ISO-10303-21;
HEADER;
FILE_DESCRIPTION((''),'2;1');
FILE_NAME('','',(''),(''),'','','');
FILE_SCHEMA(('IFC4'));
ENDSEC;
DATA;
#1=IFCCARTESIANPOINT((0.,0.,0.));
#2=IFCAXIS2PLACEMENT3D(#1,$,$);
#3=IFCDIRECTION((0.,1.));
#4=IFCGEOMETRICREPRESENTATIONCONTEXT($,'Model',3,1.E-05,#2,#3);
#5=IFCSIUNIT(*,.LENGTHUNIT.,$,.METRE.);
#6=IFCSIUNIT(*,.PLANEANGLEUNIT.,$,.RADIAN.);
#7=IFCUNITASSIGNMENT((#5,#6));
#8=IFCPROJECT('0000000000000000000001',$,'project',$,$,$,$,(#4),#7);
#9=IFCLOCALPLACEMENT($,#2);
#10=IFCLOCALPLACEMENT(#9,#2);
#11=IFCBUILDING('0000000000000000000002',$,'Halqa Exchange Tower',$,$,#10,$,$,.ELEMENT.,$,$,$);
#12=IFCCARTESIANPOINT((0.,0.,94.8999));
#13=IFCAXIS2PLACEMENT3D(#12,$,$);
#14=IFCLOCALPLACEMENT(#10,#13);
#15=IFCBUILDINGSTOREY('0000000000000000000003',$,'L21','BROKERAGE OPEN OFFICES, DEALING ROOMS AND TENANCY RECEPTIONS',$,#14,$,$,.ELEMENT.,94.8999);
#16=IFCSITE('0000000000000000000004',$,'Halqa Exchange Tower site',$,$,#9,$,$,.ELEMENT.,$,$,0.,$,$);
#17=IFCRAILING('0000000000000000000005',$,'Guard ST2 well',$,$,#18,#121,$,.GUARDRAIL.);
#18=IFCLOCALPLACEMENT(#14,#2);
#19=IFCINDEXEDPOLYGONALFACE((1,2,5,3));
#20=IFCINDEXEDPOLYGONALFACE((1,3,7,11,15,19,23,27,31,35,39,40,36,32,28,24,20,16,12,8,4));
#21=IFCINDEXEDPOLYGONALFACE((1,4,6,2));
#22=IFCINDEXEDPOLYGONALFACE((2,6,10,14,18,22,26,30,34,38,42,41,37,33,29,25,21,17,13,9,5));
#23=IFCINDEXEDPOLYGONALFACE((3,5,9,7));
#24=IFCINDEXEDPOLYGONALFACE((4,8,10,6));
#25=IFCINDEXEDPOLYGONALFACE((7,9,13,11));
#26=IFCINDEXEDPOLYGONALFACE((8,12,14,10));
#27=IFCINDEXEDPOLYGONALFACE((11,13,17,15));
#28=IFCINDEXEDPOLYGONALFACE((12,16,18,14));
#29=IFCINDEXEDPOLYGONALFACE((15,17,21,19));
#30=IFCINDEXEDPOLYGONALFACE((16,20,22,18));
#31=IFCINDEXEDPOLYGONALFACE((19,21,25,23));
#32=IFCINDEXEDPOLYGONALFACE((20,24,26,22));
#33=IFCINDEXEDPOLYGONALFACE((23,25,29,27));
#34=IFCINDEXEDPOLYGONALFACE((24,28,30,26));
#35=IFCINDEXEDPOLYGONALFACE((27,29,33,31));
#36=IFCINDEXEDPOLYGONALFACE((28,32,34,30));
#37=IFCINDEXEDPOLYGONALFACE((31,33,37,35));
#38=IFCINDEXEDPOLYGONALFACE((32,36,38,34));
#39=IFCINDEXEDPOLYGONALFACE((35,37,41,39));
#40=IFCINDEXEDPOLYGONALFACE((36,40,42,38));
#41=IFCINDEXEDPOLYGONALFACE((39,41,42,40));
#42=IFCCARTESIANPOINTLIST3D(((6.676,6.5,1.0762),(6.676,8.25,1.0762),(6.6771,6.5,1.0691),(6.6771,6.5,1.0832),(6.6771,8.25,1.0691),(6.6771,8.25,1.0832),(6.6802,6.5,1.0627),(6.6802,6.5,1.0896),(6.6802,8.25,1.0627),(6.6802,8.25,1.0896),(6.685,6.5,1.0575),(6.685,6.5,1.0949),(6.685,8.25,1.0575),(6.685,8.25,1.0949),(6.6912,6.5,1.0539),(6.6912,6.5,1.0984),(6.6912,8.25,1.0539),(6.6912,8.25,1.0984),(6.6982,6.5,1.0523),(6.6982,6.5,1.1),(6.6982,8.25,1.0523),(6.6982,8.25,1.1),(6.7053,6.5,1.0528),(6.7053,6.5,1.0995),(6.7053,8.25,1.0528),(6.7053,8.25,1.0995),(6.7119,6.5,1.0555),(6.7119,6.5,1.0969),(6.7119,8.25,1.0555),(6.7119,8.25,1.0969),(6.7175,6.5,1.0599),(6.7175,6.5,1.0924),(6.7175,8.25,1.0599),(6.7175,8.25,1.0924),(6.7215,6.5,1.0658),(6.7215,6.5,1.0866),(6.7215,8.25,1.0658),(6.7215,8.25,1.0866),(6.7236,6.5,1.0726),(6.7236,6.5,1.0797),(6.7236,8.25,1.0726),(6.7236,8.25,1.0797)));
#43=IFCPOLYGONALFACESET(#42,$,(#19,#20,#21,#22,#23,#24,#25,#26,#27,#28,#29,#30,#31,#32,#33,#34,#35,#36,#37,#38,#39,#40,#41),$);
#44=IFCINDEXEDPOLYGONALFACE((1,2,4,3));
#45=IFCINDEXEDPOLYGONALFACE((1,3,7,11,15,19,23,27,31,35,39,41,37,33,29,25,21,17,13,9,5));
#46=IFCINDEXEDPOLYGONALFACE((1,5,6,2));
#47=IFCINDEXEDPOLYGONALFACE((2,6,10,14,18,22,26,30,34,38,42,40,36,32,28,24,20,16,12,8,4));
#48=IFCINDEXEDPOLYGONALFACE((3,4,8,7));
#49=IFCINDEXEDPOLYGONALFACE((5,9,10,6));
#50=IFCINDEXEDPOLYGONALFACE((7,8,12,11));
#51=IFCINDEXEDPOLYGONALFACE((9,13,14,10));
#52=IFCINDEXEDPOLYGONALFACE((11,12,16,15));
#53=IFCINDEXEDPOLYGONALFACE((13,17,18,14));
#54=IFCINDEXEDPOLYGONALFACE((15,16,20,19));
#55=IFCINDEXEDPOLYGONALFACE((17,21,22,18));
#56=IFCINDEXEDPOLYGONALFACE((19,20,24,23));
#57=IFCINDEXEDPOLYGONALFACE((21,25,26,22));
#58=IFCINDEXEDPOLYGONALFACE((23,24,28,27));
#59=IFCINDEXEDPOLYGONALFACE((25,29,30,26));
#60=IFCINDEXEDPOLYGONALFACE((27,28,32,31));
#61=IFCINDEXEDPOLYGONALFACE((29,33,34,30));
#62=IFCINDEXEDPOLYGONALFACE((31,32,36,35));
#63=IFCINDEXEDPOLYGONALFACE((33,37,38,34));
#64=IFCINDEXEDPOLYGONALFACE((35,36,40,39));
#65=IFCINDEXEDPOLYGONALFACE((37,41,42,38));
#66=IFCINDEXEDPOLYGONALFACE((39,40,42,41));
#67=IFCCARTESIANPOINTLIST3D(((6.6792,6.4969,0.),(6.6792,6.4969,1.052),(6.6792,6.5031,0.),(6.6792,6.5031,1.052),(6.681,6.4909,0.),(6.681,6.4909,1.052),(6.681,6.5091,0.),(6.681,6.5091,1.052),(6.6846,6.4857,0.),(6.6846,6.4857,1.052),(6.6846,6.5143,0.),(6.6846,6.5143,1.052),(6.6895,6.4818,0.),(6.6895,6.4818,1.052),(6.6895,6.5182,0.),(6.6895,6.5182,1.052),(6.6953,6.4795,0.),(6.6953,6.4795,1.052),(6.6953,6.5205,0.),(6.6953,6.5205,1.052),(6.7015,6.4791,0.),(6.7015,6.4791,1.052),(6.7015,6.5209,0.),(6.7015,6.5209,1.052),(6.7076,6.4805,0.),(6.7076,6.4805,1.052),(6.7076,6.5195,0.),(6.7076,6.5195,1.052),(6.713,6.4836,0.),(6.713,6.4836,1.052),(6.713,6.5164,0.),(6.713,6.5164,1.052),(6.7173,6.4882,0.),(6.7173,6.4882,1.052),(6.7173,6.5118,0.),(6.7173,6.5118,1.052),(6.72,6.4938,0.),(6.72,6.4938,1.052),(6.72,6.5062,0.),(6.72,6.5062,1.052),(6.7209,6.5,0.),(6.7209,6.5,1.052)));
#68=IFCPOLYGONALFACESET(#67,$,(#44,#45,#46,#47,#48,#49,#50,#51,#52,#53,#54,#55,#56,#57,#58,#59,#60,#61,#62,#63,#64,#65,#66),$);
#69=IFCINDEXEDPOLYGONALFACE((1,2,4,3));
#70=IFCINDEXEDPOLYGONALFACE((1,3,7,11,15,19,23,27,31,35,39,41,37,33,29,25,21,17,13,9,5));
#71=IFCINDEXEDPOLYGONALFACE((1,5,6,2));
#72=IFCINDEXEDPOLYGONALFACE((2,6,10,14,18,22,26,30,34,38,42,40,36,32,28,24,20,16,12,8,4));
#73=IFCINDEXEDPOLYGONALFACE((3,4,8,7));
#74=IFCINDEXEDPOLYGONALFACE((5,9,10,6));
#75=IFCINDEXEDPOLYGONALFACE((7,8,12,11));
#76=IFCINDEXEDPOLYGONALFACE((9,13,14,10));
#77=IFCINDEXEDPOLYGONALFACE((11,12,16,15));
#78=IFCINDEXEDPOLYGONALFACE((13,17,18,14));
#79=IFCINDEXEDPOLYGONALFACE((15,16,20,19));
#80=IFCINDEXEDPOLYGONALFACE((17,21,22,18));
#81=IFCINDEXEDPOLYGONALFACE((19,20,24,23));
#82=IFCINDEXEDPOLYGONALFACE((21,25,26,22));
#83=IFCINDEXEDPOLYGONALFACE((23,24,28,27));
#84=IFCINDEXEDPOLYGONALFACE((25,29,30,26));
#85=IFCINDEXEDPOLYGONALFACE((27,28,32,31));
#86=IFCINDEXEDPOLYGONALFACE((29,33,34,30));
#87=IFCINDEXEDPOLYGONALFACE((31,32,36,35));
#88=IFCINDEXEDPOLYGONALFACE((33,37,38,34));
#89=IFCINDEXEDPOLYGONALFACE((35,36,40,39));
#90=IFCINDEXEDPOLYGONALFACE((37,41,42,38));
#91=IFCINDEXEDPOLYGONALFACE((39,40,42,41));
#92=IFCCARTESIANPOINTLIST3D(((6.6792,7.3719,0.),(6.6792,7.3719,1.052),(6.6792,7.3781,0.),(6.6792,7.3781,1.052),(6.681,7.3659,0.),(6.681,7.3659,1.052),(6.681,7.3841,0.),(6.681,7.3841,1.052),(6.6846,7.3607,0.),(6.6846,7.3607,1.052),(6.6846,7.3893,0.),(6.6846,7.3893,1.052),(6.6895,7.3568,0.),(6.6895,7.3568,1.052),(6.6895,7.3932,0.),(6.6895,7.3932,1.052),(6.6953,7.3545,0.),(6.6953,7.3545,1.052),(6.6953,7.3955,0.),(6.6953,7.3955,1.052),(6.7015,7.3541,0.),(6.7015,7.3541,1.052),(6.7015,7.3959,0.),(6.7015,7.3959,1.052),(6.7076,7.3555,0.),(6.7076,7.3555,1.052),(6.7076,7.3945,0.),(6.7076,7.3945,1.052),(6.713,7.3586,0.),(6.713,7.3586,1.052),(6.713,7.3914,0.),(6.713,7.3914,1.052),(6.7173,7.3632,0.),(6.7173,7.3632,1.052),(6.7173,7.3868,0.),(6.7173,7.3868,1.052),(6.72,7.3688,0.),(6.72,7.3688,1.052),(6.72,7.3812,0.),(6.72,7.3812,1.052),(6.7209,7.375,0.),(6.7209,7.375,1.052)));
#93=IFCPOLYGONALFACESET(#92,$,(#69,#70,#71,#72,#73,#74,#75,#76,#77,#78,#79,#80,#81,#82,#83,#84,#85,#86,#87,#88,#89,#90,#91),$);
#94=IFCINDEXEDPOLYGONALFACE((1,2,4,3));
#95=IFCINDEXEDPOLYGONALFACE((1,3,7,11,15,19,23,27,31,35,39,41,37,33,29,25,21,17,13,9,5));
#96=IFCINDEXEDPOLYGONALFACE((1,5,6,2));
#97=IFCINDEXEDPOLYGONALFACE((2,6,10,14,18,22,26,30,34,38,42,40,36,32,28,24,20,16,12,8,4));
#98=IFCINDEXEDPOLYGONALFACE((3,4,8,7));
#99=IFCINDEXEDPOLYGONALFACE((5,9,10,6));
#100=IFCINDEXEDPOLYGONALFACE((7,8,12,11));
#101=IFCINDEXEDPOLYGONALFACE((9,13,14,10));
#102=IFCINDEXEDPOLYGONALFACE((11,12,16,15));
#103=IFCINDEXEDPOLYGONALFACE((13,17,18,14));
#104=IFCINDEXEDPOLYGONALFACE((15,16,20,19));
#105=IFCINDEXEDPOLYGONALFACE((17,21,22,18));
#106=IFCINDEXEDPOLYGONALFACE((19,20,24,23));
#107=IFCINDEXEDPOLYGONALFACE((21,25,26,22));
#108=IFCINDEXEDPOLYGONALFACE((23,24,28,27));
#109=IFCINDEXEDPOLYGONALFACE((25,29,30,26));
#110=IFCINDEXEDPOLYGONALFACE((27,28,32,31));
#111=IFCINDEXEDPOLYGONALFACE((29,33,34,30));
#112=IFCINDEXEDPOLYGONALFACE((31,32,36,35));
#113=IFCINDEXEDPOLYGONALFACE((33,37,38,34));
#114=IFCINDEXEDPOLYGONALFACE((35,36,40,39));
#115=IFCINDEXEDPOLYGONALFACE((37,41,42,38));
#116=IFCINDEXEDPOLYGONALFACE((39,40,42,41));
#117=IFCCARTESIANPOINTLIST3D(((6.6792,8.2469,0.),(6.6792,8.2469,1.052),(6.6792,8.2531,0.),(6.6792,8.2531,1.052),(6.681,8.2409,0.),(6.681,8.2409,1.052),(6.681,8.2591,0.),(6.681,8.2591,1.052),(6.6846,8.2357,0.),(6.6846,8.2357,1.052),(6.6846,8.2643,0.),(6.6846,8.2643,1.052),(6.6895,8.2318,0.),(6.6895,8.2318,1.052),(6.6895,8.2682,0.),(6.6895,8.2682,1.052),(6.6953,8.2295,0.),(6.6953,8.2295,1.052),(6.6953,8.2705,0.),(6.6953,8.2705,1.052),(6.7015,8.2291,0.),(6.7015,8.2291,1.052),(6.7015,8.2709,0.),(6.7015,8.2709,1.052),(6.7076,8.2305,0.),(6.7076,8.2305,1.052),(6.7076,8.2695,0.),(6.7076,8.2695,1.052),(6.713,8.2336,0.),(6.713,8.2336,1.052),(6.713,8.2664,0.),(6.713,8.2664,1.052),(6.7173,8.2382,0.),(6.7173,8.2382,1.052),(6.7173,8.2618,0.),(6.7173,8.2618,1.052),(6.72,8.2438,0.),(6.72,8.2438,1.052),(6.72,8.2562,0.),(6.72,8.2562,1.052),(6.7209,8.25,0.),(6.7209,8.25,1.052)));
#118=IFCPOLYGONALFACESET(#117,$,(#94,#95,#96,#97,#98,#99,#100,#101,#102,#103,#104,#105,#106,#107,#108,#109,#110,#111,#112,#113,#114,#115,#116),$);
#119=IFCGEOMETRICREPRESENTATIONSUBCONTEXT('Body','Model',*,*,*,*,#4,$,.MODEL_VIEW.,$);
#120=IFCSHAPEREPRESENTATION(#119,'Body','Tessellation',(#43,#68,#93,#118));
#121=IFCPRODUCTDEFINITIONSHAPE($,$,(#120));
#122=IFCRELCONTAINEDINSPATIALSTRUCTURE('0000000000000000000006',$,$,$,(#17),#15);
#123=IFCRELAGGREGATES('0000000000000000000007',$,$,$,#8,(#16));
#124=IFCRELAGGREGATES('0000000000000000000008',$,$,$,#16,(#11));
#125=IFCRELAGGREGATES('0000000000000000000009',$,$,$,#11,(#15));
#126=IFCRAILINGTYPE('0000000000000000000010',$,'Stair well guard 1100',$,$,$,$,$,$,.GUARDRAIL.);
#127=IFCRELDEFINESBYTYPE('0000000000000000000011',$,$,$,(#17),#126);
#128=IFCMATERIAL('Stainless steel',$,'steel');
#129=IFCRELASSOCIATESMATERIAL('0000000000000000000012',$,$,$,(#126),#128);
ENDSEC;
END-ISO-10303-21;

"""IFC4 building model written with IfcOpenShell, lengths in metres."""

from ifc_helpers import new_model, si_unit, direction, frame, origin, origin_2d, place, context, subcontext, project, spatial, circle, extrude, material, type_object, element, save


model = new_model("IFC4")

# Units and contexts
model_context = context("Model", 3, precision=1e-05, world=origin(), true_north=direction((0.0, 1.0)))
body_context = subcontext(model_context, "Body", "Model", "MODEL_VIEW")
ifc_project = project(units=[si_unit("LENGTHUNIT", "METRE"), si_unit("PLANEANGLEUNIT", "RADIAN")], contexts=[model_context])

# Site, building, storey
site_placement = place(None, origin())
site = spatial("IfcSite", under=ifc_project, at=site_placement, Name="Halqa Exchange Tower site", CompositionType="ELEMENT", RefElevation=0.0)
building_placement = place(site_placement, origin())
building = spatial("IfcBuilding", under=site, at=building_placement, Name="Halqa Exchange Tower", CompositionType="ELEMENT")
storey_placement = place(building_placement, frame((0.0, 0.0, 94.8999)))
storey = spatial("IfcBuildingStorey", under=building, at=storey_placement, Name="L21", Description="BROKERAGE OPEN OFFICES, DEALING ROOMS AND TENANCY RECEPTIONS", CompositionType="ELEMENT", Elevation=94.8999)

# Railing
ifc_material_1 = material(Name="Stainless steel", Category="steel")
railing_type_1 = type_object("IfcRailingType", Name="Stair well guard 1100", PredefinedType="GUARDRAIL", material=ifc_material_1)
railing_1_placement = place(storey_placement, frame((6.7, 6.5, 0.0)))
element("IfcRailing", 1, at=railing_1_placement, inside=storey, type_object=railing_type_1, Name="Guard ST2 well", PredefinedType="GUARDRAIL", context=body_context, shape_type="SweptSolid", body=[
    extrude(circle(Radius=0.0239, at=origin_2d()), frame((0.0, 0.0, 1.0762), z_axis=(0.0, 1.0, 0.0), x_axis=(-1.0, 0.0, 0.0)), (0.0, 0.0, 1.0), 1.75),
    extrude(circle(Radius=0.021, at=origin_2d()), origin(), (0.0, 0.0, 1.0), 1.052),
    extrude(circle(Radius=0.021, at=origin_2d()), frame((0.0, 0.875, 0.0)), (0.0, 0.0, 1.0), 1.052),
    extrude(circle(Radius=0.021, at=origin_2d()), frame((0.0, 1.75, 0.0)), (0.0, 0.0, 1.0), 1.052),
])

save(model, "model.ifc")
